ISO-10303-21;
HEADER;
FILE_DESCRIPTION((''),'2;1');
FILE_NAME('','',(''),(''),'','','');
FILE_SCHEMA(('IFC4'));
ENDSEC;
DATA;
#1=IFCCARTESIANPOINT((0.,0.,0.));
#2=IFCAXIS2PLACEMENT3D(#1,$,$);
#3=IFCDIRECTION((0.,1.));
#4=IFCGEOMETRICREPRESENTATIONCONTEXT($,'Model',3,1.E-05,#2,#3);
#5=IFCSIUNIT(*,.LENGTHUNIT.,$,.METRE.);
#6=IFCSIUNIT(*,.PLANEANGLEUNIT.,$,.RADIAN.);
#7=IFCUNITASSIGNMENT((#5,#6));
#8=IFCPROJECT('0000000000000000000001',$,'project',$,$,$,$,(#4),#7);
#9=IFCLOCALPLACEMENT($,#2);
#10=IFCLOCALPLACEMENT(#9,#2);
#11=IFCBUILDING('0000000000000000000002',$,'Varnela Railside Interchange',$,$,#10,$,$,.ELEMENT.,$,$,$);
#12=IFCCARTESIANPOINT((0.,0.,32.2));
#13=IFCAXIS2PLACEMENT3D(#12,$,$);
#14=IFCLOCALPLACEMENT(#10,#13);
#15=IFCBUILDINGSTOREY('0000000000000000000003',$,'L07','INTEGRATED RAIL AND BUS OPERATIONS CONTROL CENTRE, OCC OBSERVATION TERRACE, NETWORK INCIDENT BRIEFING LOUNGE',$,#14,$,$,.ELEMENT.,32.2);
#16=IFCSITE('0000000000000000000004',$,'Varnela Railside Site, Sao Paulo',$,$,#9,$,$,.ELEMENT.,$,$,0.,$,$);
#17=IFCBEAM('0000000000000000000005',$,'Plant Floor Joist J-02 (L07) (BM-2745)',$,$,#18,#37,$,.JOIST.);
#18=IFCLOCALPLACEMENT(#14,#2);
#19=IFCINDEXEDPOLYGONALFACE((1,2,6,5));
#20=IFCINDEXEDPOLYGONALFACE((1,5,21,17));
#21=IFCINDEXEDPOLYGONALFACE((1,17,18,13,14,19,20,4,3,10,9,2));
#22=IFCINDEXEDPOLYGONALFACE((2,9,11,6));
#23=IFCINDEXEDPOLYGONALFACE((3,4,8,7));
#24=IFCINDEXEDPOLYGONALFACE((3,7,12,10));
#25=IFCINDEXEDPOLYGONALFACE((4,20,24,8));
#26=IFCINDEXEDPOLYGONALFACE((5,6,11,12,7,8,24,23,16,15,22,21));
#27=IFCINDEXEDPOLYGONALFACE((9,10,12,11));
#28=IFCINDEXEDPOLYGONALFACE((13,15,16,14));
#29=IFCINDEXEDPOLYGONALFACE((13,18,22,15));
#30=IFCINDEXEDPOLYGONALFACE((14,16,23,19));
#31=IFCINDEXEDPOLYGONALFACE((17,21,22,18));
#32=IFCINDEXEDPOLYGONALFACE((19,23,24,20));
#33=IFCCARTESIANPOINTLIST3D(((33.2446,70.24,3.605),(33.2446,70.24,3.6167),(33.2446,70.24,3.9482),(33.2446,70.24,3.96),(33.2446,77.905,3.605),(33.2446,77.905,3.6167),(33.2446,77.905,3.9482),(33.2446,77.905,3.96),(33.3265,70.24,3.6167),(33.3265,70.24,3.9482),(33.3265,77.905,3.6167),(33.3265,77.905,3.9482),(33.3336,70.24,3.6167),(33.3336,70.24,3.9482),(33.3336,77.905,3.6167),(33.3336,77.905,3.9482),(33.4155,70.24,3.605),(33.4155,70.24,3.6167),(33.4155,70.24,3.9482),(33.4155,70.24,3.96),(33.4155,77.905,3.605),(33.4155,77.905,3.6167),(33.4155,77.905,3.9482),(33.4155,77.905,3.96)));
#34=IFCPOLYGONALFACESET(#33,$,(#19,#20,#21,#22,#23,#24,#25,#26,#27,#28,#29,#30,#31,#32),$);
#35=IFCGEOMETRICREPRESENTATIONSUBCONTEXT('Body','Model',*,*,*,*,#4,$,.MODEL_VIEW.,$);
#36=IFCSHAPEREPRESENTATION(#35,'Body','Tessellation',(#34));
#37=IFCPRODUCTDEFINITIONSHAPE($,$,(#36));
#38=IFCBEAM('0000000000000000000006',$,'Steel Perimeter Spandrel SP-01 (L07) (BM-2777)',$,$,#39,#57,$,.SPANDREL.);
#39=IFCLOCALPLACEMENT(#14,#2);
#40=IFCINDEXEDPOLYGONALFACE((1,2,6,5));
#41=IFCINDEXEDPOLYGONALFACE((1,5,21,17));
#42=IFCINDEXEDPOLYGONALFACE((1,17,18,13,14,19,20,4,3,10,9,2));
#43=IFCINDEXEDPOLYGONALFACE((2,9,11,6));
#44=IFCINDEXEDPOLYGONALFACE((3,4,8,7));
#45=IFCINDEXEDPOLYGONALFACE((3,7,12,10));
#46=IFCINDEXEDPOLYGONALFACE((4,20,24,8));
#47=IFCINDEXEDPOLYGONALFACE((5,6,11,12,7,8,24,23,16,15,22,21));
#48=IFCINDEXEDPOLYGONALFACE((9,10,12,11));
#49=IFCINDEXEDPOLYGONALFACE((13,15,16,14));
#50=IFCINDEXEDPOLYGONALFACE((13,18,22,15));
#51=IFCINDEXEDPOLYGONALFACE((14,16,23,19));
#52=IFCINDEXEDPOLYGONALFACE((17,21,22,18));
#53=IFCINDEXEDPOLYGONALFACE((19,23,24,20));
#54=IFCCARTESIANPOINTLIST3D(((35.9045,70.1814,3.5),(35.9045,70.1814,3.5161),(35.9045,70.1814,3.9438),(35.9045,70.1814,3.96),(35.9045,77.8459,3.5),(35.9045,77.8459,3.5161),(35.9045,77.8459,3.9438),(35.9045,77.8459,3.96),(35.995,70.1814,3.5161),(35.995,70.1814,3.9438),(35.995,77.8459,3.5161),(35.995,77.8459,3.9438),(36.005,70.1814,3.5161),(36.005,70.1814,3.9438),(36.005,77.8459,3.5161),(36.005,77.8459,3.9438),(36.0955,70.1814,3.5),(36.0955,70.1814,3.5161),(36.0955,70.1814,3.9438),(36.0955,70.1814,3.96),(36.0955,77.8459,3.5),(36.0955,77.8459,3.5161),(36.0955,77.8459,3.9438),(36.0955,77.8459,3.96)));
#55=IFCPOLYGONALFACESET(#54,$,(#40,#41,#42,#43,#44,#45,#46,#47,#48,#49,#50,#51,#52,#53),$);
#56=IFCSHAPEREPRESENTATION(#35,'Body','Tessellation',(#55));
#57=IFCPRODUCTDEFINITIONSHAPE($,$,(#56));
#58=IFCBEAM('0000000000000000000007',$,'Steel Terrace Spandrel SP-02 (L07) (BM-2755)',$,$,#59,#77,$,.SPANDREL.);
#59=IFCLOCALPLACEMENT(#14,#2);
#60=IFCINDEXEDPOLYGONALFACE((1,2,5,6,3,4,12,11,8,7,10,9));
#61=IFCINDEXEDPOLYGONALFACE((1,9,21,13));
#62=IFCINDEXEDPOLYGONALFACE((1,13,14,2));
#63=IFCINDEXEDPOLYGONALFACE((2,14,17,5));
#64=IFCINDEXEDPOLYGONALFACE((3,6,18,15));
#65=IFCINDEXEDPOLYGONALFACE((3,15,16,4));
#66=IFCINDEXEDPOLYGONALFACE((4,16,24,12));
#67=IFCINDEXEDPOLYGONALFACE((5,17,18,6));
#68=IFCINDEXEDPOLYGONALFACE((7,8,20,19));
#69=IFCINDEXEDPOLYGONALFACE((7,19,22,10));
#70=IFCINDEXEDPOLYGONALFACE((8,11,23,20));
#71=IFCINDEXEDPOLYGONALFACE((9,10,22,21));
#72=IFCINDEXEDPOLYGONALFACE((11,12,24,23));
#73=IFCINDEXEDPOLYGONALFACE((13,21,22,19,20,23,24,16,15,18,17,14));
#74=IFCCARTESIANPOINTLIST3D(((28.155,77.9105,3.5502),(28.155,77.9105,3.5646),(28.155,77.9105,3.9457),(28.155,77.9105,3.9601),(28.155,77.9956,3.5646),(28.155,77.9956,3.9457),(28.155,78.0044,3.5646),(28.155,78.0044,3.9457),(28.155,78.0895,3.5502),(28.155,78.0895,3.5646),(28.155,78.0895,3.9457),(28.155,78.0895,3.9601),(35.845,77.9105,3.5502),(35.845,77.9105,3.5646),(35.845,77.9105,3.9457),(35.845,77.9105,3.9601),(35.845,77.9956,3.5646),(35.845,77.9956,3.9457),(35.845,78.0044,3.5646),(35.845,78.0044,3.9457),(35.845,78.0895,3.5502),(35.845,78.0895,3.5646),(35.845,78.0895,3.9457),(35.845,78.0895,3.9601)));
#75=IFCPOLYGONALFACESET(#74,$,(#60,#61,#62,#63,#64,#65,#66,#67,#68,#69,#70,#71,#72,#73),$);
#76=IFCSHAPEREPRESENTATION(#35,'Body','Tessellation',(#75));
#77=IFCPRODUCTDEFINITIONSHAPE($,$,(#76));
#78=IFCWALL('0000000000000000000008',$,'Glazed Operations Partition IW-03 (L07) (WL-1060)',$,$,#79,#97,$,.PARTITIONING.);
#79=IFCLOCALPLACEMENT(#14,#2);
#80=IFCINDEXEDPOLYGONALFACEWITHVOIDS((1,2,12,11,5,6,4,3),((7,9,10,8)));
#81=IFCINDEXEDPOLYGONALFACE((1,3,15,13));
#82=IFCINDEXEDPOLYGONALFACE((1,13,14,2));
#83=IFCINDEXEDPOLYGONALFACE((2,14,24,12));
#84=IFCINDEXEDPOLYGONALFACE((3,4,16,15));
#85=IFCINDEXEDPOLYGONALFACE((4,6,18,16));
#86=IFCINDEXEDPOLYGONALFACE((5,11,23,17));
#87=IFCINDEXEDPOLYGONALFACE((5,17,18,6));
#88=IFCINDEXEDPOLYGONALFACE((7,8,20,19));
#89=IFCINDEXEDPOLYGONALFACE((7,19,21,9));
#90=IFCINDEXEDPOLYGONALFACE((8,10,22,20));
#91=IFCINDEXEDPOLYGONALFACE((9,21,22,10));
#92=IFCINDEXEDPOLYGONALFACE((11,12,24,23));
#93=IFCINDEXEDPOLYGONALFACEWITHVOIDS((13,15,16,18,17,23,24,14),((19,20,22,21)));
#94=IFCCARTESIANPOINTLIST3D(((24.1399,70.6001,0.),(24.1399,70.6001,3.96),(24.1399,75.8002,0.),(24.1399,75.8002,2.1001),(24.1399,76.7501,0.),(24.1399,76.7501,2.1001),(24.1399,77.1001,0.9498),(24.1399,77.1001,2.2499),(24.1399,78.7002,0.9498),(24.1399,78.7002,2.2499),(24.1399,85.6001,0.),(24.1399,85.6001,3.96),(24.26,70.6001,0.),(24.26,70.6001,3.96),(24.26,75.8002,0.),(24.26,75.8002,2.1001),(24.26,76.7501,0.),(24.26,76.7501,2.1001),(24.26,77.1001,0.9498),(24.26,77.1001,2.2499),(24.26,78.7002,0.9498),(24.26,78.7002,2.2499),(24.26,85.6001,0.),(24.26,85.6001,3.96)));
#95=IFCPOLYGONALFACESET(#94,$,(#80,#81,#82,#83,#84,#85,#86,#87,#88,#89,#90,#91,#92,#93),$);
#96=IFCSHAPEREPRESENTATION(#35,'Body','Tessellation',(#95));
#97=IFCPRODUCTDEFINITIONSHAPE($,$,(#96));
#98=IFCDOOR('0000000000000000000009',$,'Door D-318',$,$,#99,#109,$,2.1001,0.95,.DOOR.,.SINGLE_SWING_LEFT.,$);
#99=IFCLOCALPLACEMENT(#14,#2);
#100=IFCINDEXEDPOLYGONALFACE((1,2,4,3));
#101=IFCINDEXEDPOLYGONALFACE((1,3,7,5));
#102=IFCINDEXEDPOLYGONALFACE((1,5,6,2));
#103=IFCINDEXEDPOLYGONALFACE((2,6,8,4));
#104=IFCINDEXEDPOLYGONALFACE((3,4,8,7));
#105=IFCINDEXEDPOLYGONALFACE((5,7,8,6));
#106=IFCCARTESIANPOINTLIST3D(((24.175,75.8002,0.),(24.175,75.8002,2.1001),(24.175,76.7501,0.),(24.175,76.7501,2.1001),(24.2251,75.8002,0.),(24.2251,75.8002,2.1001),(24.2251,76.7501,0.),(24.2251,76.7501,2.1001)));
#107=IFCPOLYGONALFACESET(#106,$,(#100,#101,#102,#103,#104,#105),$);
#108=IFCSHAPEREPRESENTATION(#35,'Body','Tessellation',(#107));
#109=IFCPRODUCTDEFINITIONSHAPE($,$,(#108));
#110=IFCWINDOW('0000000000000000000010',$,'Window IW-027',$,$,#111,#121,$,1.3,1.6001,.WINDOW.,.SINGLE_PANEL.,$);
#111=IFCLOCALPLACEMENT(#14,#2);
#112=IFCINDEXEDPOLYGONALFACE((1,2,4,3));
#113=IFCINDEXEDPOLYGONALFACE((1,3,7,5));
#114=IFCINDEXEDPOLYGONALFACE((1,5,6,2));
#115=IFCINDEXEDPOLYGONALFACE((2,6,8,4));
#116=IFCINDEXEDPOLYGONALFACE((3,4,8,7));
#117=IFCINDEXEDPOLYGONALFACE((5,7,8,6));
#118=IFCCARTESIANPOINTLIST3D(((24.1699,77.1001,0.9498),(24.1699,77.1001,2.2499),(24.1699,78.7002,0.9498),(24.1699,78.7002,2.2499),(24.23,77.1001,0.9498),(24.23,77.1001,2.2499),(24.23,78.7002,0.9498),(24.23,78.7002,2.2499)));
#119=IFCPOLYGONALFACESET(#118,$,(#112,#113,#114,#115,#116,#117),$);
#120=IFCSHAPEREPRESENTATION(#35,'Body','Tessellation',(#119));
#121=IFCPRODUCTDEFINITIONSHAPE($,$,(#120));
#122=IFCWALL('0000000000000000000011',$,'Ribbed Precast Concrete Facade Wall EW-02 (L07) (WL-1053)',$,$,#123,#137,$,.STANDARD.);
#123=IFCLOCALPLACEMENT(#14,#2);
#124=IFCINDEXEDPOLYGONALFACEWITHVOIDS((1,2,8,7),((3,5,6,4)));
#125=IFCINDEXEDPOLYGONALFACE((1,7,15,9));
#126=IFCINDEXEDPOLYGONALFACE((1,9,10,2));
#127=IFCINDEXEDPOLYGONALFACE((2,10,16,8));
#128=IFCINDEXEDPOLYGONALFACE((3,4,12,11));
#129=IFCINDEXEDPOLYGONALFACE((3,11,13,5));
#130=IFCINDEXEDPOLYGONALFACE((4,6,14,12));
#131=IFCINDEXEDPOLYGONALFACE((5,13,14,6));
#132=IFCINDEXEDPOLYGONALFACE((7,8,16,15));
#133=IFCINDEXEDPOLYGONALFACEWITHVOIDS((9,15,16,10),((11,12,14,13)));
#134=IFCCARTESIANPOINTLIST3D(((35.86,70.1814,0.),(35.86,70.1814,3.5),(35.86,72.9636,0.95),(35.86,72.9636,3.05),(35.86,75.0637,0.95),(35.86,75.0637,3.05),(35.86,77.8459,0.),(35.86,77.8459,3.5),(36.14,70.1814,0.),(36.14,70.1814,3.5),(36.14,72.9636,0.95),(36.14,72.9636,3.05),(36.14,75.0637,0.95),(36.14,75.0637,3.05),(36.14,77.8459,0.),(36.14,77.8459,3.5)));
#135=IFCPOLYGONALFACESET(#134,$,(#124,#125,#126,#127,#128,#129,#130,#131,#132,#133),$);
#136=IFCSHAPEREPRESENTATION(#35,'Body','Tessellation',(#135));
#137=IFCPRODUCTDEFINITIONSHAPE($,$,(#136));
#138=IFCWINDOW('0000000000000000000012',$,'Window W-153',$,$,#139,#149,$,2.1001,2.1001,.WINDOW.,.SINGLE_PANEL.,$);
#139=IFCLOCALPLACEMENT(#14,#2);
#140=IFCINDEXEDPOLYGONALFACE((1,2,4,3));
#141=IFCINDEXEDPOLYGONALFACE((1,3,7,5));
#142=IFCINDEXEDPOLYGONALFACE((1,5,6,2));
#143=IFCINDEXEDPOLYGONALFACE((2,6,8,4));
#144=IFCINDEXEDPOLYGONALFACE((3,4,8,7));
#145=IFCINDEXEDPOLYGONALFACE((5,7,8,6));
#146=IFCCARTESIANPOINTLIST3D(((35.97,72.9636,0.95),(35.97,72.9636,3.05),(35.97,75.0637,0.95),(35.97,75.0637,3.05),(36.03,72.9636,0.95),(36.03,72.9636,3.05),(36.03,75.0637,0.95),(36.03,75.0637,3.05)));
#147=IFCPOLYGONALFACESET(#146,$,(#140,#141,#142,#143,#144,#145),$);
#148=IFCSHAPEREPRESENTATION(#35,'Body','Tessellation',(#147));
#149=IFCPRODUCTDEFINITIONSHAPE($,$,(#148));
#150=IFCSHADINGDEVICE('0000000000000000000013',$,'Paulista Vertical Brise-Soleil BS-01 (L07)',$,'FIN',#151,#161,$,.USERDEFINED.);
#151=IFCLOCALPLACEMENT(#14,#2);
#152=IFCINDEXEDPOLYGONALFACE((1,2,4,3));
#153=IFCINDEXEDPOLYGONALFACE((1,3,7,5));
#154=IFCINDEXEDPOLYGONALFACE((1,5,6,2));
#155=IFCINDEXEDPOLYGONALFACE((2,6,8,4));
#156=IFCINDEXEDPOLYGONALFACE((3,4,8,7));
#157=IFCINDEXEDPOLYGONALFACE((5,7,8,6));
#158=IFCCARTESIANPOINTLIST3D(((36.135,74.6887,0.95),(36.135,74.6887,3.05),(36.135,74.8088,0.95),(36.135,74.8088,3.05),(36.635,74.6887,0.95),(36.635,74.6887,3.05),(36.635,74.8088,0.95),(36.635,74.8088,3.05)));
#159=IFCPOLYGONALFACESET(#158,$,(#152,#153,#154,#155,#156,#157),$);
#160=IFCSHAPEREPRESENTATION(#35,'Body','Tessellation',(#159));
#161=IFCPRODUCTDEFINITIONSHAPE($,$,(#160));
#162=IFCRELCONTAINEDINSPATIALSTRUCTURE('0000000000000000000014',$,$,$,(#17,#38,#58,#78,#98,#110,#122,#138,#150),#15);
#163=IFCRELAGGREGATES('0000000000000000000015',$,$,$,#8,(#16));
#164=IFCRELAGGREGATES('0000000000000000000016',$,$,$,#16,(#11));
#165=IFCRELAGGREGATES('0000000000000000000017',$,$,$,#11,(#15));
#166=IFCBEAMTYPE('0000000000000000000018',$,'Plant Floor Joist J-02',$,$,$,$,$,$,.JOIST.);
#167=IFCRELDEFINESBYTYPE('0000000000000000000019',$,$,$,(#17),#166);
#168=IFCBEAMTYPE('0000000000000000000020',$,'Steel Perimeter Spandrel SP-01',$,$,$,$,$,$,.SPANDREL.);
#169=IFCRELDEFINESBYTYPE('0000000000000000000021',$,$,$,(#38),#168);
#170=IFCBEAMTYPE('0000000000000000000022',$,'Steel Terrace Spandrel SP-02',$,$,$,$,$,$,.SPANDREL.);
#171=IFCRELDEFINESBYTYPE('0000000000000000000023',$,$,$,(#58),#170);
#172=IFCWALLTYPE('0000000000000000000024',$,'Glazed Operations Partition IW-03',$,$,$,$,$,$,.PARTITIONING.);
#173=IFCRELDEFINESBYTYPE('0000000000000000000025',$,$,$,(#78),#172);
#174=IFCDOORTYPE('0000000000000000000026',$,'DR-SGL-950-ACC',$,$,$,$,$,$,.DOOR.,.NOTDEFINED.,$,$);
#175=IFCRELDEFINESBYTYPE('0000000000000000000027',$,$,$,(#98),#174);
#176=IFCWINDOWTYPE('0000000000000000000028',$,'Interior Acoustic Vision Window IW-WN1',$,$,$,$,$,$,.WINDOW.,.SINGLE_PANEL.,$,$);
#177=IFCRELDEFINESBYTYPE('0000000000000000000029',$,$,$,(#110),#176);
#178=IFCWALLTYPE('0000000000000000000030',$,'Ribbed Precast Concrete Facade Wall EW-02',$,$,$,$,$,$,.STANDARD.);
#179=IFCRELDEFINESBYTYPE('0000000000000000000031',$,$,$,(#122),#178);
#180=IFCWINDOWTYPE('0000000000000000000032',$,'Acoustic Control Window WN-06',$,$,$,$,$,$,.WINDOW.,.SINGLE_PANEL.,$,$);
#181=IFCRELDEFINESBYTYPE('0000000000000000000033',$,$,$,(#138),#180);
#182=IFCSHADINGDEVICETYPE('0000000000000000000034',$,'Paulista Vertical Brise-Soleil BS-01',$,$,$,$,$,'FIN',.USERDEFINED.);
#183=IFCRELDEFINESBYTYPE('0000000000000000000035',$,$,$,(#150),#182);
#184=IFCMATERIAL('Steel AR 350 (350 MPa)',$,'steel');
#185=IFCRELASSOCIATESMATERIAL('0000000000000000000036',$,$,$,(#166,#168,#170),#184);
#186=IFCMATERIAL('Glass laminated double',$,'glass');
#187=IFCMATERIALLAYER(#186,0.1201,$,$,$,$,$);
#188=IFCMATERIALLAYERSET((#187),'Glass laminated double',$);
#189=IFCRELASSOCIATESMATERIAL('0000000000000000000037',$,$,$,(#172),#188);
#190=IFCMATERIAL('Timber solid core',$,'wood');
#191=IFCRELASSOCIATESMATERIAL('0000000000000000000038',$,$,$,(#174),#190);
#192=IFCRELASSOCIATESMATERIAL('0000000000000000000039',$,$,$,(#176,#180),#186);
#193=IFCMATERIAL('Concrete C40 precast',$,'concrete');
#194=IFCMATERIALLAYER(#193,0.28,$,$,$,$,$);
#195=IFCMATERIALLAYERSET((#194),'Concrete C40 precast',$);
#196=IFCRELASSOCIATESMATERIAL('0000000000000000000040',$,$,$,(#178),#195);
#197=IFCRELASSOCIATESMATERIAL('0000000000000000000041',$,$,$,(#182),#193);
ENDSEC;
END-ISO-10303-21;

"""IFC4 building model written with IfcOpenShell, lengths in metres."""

from ifc_helpers import new_model, si_unit, direction, frame, frame_2d, origin, origin_2d, place, context, subcontext, project, spatial, rectangle, i_section, extrude, material, layer, layer_set, material_profile, profile_set, type_object, element, fill, save


model = new_model("IFC4")

# Units and contexts
model_context = context("Model", 3, precision=1e-05, world=origin(), true_north=direction((0.0, 1.0)))
body_context = subcontext(model_context, "Body", "Model", "MODEL_VIEW")
ifc_project = project(units=[si_unit("LENGTHUNIT", "METRE"), si_unit("PLANEANGLEUNIT", "RADIAN")], contexts=[model_context])

# Site, building, storey
site_placement = place(None, origin())
site = spatial("IfcSite", under=ifc_project, at=site_placement, Name="Varnela Railside Site, Sao Paulo", CompositionType="ELEMENT", RefElevation=0.0)
building_placement = place(site_placement, origin())
building = spatial("IfcBuilding", under=site, at=building_placement, Name="Varnela Railside Interchange", CompositionType="ELEMENT")
storey_placement = place(building_placement, frame((0.0, 0.0, 32.2)))
storey = spatial("IfcBuildingStorey", under=building, at=storey_placement, Name="L07", Description="INTEGRATED RAIL AND BUS OPERATIONS CONTROL CENTRE, OCC OBSERVATION TERRACE, NETWORK INCIDENT BRIEFING LOUNGE", CompositionType="ELEMENT", Elevation=32.2)

# Shared definitions
ifc_material_1 = material(Name="Steel AR 350 (350 MPa)", Category="steel")

# Beams
ifc_material_profile_1 = material_profile(ifc_material_1, i_section(OverallWidth=0.1709, OverallDepth=0.355, WebThickness=0.0071, FlangeThickness=0.0117, at=origin_2d()), Name="W360x51")
ifc_profile_set_1 = profile_set([ifc_material_profile_1], Name="Steel AR 350 (350 MPa)")
beam_type_1 = type_object("IfcBeamType", Name="Plant Floor Joist J-02", PredefinedType="JOIST", material=ifc_profile_set_1)
for number, where, z_axis, x_axis, name in (
    (1, (33.3301, 70.24, 3.7825), (0.0, 1.0, 0.0), (-1.0, 0.0, 0.0), "Plant Floor Joist J-02 (L07) (BM-2745)"),
):
    element("IfcBeam", number, at=place(storey_placement, frame(where, z_axis=z_axis, x_axis=x_axis)), inside=storey, type_object=beam_type_1, Name=name, PredefinedType="JOIST", context=body_context, shape_type="SweptSolid", body=[
        extrude(i_section(OverallWidth=0.1709, OverallDepth=0.355, WebThickness=0.0071, FlangeThickness=0.0117, at=origin_2d()), origin(), (0.0, 0.0, 1.0), 7.665),
    ])
ifc_material_profile_2 = material_profile(ifc_material_1, i_section(OverallWidth=0.1909, OverallDepth=0.46, WebThickness=0.01, FlangeThickness=0.0161, at=origin_2d()), Name="W460x82")
ifc_profile_set_2 = profile_set([ifc_material_profile_2], Name="Steel AR 350 (350 MPa)")
beam_type_2 = type_object("IfcBeamType", Name="Steel Perimeter Spandrel SP-01", PredefinedType="SPANDREL", material=ifc_profile_set_2)
beam_1_placement = place(storey_placement, frame((36.0, 70.1814, 3.73), z_axis=(0.0, 1.0, 0.0), x_axis=(-1.0, 0.0, 0.0)))
element("IfcBeam", 2, at=beam_1_placement, inside=storey, type_object=beam_type_2, Name="Steel Perimeter Spandrel SP-01 (L07) (BM-2777)", PredefinedType="SPANDREL", context=body_context, shape_type="SweptSolid", body=[
    extrude(i_section(OverallWidth=0.1909, OverallDepth=0.46, WebThickness=0.01, FlangeThickness=0.0161, at=origin_2d()), origin(), (0.0, 0.0, 1.0), 7.6646),
])
ifc_material_profile_3 = material_profile(ifc_material_1, i_section(OverallWidth=0.179, OverallDepth=0.4099, WebThickness=0.0088, FlangeThickness=0.0144, at=origin_2d()), Name="W410x67")
ifc_profile_set_3 = profile_set([ifc_material_profile_3], Name="Steel AR 350 (350 MPa)")
beam_type_3 = type_object("IfcBeamType", Name="Steel Terrace Spandrel SP-02", PredefinedType="SPANDREL", material=ifc_profile_set_3)
beam_2_placement = place(storey_placement, frame((28.155, 78.0, 3.7551), z_axis=(1.0, 0.0, 0.0), x_axis=(0.0, 1.0, 0.0)))
element("IfcBeam", 3, at=beam_2_placement, inside=storey, type_object=beam_type_3, Name="Steel Terrace Spandrel SP-02 (L07) (BM-2755)", PredefinedType="SPANDREL", context=body_context, shape_type="SweptSolid", body=[
    extrude(i_section(OverallWidth=0.179, OverallDepth=0.4099, WebThickness=0.0088, FlangeThickness=0.0144, at=origin_2d()), origin(), (0.0, 0.0, 1.0), 7.6899),
])

# Wall, openings, door, window
ifc_material_2 = material(Name="Glass laminated double", Category="glass")
ifc_layer_1 = layer(ifc_material_2, 0.1201)
ifc_layer_set_1 = layer_set([ifc_layer_1], Name="Glass laminated double")
wall_type_1 = type_object("IfcWallType", Name="Glazed Operations Partition IW-03", PredefinedType="PARTITIONING", material=ifc_layer_set_1)
wall_1_placement = place(storey_placement, frame((24.2, 70.6001, 0.0), z_axis=(0.0, 0.0, 1.0), x_axis=(0.0, 1.0, 0.0)))
wall_1 = element("IfcWall", 4, at=wall_1_placement, inside=storey, type_object=wall_type_1, Name="Glazed Operations Partition IW-03 (L07) (WL-1060)", PredefinedType="PARTITIONING", context=body_context, shape_type="SweptSolid", body=[
    extrude(rectangle(XDim=15.0, YDim=0.1201, at=frame_2d((7.5, 0.0))), origin(), (0.0, 0.0, 1.0), 3.96),
])
opening_1_placement = place(wall_1_placement, frame((5.2, 0.0, 0.0)))
opening_1 = element("IfcOpeningElement", 5, at=opening_1_placement, cuts=wall_1, PredefinedType="OPENING", context=body_context, shape_type="SweptSolid", body=[
    extrude(rectangle(XDim=0.95, YDim=2.1001, at=frame_2d((0.4751, 1.05))), frame((0.0, 0.0701, 0.0), z_axis=(0.0, -1.0, 0.0), x_axis=(1.0, 0.0, 0.0)), (0.0, 0.0, 1.0), 0.1401),
])
opening_2_placement = place(wall_1_placement, frame((6.5, 0.0, 0.95)))
opening_2 = element("IfcOpeningElement", 6, at=opening_2_placement, cuts=wall_1, PredefinedType="OPENING", context=body_context, shape_type="SweptSolid", body=[
    extrude(rectangle(XDim=1.6001, YDim=1.3, at=frame_2d((0.8, 0.6499))), frame((0.0, 0.0701, 0.0), z_axis=(0.0, -1.0, 0.0), x_axis=(1.0, 0.0, 0.0)), (0.0, 0.0, 1.0), 0.1401),
])
ifc_material_3 = material(Name="Timber solid core", Category="wood")
door_type = type_object("IfcDoorType", Name="DR-SGL-950-ACC", OperationType="NOTDEFINED", PredefinedType="DOOR", material=ifc_material_3)
door_placement = place(opening_1_placement, origin())
door = element("IfcDoor", 7, at=door_placement, inside=storey, type_object=door_type, Name="Door D-318", OperationType="SINGLE_SWING_LEFT", OverallHeight=2.1001, OverallWidth=0.95, PredefinedType="DOOR", context=body_context, shape_type="SweptSolid", body=[
    extrude(rectangle(XDim=0.95, YDim=2.1001, at=frame_2d((0.4751, 1.05))), frame((0.0, 0.0249, 0.0), z_axis=(0.0, -1.0, 0.0), x_axis=(1.0, 0.0, 0.0)), (0.0, 0.0, 1.0), 0.05),
])
fill(opening_1, door)
window_type_1 = type_object("IfcWindowType", Name="Interior Acoustic Vision Window IW-WN1", PartitioningType="SINGLE_PANEL", PredefinedType="WINDOW", material=ifc_material_2)
window_1_placement = place(opening_2_placement, origin())
window_1 = element("IfcWindow", 8, at=window_1_placement, inside=storey, type_object=window_type_1, Name="Window IW-027", OverallHeight=1.3, OverallWidth=1.6001, PartitioningType="SINGLE_PANEL", PredefinedType="WINDOW", context=body_context, shape_type="SweptSolid", body=[
    extrude(rectangle(XDim=1.6001, YDim=1.3, at=frame_2d((0.8, 0.6499))), frame((0.0, 0.03, 0.0), z_axis=(0.0, -1.0, 0.0), x_axis=(1.0, 0.0, 0.0)), (0.0, 0.0, 1.0), 0.0601),
])
fill(opening_2, window_1)

# Wall, opening, window
ifc_material_4 = material(Name="Concrete C40 precast", Category="concrete")
ifc_layer_2 = layer(ifc_material_4, 0.28)
ifc_layer_set_2 = layer_set([ifc_layer_2], Name="Concrete C40 precast")
wall_type_2 = type_object("IfcWallType", Name="Ribbed Precast Concrete Facade Wall EW-02", PredefinedType="STANDARD", material=ifc_layer_set_2)
wall_2_placement = place(storey_placement, frame((36.0, 77.8459, 0.0), z_axis=(0.0, 0.0, 1.0), x_axis=(0.0, -1.0, 0.0)))
wall_2 = element("IfcWall", 9, at=wall_2_placement, inside=storey, type_object=wall_type_2, Name="Ribbed Precast Concrete Facade Wall EW-02 (L07) (WL-1053)", PredefinedType="STANDARD", context=body_context, shape_type="SweptSolid", body=[
    extrude(rectangle(XDim=7.6646, YDim=0.28, at=frame_2d((3.8323, 0.0))), origin(), (0.0, 0.0, 1.0), 3.5),
])
opening_3_placement = place(wall_2_placement, frame((2.7822, 0.0, 0.95)))
opening_3 = element("IfcOpeningElement", 10, at=opening_3_placement, cuts=wall_2, PredefinedType="OPENING", context=body_context, shape_type="SweptSolid", body=[
    extrude(rectangle(XDim=2.1001, YDim=2.1001, at=frame_2d((1.05, 1.05))), frame((0.0, 0.1499, 0.0), z_axis=(0.0, -1.0, 0.0), x_axis=(1.0, 0.0, 0.0)), (0.0, 0.0, 1.0), 0.3),
])
window_type_2 = type_object("IfcWindowType", Name="Acoustic Control Window WN-06", PartitioningType="SINGLE_PANEL", PredefinedType="WINDOW", material=ifc_material_2)
window_2_placement = place(opening_3_placement, origin())
window_2 = element("IfcWindow", 11, at=window_2_placement, inside=storey, type_object=window_type_2, Name="Window W-153", OverallHeight=2.1001, OverallWidth=2.1001, PartitioningType="SINGLE_PANEL", PredefinedType="WINDOW", context=body_context, shape_type="SweptSolid", body=[
    extrude(rectangle(XDim=2.1001, YDim=2.1001, at=frame_2d((1.05, 1.05))), frame((0.0, 0.03, 0.0), z_axis=(0.0, -1.0, 0.0), x_axis=(1.0, 0.0, 0.0)), (0.0, 0.0, 1.0), 0.0601),
])
fill(opening_3, window_2)

# Shading device
shading_device_type = type_object("IfcShadingDeviceType", Name="Paulista Vertical Brise-Soleil BS-01", ElementType="FIN", PredefinedType="USERDEFINED", material=ifc_material_4)
for number, where, z_axis, x_axis, name in (
    (12, (36.385, 74.7488, 0.95), (0.0, 0.0, 1.0), (1.0, 0.0, 0.0), "Paulista Vertical Brise-Soleil BS-01 (L07)"),
):
    element("IfcShadingDevice", number, at=place(storey_placement, frame(where, z_axis=z_axis, x_axis=x_axis)), inside=storey, type_object=shading_device_type, Name=name, ObjectType="FIN", PredefinedType="USERDEFINED", context=body_context, shape_type="SweptSolid", body=[
        extrude(rectangle(XDim=0.5, YDim=0.1201, at=origin_2d()), origin(), (0.0, 0.0, 1.0), 2.1001),
    ])

save(model, "model.ifc")
